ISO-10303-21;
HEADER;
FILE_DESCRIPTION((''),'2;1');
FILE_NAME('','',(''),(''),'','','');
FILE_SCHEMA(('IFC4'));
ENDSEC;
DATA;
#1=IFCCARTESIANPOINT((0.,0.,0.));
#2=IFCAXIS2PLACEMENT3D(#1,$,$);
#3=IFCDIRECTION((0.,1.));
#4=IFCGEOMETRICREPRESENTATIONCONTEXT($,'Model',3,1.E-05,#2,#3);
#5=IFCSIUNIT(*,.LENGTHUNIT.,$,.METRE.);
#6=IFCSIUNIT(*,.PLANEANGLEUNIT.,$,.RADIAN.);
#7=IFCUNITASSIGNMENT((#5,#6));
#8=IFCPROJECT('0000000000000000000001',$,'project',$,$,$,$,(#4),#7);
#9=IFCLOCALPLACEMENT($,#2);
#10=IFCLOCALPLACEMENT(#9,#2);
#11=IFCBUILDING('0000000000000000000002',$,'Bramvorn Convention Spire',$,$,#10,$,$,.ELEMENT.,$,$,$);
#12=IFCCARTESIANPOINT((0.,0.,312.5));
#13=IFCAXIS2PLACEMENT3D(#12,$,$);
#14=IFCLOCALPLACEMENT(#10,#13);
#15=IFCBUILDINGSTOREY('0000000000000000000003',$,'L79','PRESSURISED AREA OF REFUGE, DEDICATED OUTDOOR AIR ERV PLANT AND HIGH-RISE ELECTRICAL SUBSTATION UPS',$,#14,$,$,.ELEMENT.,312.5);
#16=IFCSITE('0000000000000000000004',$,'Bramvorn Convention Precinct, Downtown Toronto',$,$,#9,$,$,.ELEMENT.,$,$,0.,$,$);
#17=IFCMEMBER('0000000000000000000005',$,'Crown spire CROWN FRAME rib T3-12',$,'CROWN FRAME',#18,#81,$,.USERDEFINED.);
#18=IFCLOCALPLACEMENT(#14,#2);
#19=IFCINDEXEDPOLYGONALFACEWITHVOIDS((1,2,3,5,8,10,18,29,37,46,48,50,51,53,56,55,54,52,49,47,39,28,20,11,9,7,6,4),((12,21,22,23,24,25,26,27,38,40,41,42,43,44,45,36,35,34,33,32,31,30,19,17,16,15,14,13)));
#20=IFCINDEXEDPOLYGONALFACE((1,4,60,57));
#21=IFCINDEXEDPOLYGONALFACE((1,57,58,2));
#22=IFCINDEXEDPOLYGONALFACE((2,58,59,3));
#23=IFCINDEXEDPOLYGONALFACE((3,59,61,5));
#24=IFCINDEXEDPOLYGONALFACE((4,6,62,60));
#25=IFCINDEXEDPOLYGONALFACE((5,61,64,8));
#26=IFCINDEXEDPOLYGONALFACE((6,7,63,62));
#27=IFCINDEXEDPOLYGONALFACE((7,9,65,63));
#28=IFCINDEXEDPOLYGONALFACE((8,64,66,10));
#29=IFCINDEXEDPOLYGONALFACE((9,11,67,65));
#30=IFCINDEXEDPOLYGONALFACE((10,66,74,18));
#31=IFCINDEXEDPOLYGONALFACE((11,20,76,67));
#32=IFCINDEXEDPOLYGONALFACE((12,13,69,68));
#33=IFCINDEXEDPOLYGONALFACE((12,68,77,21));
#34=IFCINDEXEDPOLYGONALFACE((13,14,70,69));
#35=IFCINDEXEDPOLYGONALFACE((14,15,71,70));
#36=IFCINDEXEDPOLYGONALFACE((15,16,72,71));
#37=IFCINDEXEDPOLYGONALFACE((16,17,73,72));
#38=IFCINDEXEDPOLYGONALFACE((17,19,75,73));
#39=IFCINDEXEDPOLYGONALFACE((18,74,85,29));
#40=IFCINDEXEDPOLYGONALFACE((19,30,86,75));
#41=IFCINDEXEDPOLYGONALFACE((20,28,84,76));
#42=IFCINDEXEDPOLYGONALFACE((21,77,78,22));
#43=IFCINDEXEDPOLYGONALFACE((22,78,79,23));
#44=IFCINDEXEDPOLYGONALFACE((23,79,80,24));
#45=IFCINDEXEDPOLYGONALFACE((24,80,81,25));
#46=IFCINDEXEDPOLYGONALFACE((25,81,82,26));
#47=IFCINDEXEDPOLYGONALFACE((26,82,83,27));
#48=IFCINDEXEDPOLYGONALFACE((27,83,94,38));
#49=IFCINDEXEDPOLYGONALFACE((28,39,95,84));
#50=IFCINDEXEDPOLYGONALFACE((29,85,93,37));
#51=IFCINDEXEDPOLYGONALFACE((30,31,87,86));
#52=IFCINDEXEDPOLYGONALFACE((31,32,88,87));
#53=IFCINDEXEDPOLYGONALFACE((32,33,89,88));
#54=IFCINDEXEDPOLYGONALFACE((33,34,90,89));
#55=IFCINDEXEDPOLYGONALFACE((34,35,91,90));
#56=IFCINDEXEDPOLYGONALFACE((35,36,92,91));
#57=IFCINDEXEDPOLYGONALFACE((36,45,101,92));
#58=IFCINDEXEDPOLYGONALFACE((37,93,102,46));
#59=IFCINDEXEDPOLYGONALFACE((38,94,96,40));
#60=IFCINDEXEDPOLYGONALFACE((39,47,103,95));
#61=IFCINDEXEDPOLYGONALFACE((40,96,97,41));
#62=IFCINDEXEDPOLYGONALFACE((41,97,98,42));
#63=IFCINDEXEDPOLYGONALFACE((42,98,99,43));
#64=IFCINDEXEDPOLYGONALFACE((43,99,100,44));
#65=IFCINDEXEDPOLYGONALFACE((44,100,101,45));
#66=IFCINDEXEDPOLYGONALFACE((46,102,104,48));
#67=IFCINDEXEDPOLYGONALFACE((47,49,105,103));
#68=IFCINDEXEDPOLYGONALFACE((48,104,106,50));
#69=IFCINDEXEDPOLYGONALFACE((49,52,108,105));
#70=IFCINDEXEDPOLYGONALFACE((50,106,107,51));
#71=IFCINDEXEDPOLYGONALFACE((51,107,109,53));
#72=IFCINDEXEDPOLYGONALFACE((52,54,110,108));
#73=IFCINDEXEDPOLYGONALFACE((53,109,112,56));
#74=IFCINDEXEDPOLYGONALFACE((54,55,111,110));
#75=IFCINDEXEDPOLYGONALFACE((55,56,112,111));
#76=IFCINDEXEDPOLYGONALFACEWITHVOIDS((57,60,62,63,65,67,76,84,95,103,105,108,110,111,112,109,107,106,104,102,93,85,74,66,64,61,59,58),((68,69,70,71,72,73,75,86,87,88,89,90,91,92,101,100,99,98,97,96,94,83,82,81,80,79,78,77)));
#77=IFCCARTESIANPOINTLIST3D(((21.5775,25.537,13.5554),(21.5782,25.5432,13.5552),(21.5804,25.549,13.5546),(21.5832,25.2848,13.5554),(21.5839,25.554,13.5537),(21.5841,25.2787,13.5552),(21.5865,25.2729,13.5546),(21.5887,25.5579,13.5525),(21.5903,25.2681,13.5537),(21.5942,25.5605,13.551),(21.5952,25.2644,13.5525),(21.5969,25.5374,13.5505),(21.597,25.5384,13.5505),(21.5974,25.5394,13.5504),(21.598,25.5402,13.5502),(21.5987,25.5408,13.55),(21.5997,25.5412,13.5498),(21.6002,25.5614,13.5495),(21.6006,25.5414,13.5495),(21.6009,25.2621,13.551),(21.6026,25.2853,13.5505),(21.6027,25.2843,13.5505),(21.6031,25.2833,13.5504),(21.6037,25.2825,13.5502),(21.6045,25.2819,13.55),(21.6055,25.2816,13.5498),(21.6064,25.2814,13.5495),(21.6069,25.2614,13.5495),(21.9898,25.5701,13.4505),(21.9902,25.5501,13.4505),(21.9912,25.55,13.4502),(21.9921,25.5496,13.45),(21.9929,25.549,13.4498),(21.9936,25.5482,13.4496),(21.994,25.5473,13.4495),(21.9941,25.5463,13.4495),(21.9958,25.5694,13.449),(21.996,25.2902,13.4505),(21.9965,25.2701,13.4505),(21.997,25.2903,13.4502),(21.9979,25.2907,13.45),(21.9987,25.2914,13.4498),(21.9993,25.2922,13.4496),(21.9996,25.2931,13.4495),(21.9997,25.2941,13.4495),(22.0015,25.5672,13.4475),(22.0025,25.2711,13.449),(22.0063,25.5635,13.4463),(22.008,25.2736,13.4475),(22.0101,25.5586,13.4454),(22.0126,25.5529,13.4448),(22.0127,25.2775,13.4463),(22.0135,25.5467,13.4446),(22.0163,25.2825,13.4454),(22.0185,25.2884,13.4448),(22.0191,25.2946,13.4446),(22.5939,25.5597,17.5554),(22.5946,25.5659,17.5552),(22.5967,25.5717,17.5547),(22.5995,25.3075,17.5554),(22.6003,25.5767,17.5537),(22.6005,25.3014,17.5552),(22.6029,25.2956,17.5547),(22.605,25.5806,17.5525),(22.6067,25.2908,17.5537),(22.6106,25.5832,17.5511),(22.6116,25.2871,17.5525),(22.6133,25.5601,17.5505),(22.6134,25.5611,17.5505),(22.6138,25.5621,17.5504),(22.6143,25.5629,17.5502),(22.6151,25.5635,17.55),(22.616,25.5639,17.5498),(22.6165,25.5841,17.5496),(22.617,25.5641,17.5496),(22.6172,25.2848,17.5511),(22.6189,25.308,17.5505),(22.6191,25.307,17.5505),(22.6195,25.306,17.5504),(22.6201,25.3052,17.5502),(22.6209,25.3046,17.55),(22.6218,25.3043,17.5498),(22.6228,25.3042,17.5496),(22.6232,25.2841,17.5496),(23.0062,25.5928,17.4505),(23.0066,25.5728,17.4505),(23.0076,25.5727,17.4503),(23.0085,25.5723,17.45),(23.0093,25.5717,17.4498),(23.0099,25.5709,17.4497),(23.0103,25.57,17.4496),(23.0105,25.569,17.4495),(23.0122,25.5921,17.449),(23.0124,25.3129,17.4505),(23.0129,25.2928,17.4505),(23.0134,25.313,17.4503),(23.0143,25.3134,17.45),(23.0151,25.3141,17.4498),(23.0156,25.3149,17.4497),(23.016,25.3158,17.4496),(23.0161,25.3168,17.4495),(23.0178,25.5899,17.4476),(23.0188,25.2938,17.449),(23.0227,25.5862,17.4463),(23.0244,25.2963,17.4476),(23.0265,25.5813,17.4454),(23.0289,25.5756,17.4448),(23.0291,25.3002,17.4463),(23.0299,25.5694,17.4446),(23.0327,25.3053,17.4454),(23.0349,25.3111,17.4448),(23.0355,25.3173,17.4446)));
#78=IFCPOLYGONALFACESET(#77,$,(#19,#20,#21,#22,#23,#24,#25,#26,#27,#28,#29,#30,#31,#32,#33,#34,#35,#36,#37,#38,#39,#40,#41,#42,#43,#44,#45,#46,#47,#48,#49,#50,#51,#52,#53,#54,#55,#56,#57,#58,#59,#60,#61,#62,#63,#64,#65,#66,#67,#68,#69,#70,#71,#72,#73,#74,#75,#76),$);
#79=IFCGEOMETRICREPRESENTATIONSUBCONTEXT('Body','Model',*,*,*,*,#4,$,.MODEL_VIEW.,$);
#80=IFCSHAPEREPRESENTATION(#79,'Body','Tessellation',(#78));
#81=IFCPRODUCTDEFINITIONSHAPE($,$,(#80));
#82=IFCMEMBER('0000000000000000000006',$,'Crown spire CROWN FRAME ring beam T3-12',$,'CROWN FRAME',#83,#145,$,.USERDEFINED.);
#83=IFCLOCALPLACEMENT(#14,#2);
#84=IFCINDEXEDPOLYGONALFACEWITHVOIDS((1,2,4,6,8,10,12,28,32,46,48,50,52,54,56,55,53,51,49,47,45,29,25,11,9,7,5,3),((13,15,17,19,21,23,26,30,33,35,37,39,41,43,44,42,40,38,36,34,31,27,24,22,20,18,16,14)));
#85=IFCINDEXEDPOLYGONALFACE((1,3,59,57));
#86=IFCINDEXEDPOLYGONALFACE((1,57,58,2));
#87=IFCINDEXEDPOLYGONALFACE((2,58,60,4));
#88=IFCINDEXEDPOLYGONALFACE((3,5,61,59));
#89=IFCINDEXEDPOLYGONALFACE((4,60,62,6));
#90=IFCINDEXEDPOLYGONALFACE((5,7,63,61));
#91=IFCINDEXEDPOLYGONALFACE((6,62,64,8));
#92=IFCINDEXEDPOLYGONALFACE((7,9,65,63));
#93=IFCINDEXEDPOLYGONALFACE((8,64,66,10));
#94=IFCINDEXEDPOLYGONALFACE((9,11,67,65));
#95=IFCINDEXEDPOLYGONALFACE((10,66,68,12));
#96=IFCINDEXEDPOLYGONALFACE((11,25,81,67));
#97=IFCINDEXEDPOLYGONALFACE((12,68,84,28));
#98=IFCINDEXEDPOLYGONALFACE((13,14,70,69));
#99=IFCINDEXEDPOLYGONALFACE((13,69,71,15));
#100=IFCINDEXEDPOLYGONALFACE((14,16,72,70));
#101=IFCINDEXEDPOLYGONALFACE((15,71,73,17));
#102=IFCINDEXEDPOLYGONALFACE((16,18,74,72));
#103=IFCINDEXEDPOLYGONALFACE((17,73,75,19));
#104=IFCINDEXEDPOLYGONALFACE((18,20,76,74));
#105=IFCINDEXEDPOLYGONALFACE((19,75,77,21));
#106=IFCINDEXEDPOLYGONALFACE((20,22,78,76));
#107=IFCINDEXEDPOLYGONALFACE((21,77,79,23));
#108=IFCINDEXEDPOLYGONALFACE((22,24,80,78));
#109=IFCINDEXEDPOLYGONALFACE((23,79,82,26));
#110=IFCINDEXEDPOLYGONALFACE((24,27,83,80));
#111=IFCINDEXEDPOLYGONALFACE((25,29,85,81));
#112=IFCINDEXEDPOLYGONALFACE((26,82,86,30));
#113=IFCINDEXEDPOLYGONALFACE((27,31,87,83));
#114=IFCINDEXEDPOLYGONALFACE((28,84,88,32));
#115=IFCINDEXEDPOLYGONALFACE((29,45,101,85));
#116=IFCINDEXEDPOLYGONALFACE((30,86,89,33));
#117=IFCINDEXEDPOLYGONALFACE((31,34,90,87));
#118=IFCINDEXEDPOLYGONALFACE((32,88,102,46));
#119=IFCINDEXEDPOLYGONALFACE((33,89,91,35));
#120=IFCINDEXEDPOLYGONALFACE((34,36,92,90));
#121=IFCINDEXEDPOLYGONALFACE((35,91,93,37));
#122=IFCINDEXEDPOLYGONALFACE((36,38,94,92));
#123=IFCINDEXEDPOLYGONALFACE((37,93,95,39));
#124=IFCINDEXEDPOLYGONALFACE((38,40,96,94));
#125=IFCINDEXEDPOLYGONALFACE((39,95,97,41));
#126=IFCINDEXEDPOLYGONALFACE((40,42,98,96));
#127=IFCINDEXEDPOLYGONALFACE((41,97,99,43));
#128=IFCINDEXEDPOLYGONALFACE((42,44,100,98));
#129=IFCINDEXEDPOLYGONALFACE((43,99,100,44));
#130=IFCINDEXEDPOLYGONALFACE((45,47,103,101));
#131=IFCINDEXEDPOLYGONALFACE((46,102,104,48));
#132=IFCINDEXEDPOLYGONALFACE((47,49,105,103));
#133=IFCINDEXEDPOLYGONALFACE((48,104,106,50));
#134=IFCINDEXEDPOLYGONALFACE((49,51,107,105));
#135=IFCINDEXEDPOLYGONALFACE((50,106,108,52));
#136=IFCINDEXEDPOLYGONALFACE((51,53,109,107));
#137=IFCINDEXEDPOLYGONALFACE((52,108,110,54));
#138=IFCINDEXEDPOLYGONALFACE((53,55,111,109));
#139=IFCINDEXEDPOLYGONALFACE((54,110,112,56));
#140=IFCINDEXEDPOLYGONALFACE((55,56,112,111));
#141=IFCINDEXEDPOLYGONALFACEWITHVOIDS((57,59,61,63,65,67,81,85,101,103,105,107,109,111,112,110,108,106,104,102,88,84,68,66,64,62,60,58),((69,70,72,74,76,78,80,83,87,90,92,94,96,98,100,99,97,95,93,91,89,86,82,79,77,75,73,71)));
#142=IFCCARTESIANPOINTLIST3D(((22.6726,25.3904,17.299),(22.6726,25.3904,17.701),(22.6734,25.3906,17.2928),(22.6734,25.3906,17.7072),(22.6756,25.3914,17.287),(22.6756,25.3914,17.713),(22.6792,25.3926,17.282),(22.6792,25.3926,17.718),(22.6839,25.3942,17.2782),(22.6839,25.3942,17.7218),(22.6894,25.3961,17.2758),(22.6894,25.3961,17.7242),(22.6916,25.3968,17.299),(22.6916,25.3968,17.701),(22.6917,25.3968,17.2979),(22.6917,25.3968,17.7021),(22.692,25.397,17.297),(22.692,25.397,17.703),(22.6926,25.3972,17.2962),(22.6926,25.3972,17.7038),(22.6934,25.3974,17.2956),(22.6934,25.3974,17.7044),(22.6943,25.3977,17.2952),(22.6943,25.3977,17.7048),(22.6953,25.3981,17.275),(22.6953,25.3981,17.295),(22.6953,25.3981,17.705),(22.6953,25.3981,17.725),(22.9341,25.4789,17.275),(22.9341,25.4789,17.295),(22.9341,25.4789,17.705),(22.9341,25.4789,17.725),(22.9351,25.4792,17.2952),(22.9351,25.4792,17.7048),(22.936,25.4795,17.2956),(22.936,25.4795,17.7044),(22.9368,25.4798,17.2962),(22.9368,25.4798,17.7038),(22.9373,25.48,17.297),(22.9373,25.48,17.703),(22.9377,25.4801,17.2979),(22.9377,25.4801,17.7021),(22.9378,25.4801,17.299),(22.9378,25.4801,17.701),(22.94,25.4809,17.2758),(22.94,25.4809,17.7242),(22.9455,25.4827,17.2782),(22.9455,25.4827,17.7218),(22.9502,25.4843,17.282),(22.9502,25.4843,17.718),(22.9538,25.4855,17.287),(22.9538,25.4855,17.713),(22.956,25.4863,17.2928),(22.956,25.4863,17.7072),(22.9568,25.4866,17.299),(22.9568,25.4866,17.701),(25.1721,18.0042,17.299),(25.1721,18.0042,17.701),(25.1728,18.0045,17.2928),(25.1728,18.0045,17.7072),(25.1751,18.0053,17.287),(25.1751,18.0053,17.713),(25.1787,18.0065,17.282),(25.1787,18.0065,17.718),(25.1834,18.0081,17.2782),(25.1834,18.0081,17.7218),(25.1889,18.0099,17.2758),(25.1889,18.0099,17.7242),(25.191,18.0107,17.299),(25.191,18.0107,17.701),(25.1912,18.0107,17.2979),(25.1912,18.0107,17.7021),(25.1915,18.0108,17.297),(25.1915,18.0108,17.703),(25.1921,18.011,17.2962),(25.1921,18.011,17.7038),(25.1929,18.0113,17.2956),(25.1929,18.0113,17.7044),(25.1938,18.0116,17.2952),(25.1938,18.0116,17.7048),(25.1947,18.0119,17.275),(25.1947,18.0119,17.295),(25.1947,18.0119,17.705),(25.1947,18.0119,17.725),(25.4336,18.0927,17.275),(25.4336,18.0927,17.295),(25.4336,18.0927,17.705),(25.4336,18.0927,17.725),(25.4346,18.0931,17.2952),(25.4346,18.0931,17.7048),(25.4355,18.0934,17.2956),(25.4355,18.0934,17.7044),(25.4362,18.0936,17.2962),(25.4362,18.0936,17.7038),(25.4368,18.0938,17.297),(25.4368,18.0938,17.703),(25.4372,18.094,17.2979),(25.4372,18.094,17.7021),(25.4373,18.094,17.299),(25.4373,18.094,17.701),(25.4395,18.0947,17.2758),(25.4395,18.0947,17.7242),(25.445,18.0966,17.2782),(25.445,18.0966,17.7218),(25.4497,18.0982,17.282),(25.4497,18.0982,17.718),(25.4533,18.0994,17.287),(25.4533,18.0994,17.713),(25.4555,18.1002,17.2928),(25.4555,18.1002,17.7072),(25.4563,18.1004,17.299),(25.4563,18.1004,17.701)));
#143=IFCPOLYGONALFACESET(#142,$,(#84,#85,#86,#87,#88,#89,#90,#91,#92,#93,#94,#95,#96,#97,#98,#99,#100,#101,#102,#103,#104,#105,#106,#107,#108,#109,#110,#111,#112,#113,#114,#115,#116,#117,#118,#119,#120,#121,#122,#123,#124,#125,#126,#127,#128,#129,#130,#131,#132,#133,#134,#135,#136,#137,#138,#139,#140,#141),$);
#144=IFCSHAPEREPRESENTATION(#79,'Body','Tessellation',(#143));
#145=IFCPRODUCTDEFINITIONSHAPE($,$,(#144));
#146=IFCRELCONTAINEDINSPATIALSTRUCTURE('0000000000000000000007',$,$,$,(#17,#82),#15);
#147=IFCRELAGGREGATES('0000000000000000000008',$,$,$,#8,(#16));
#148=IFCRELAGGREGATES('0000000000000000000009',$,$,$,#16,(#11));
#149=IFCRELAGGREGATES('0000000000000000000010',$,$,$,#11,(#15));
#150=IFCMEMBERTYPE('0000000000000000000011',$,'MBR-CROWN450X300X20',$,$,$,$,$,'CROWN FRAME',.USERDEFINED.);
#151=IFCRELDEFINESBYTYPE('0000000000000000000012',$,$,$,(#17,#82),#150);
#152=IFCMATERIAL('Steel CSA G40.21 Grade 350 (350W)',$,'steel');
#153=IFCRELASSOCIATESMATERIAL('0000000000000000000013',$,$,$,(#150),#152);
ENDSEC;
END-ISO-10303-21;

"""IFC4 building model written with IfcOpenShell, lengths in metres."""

from ifc_helpers import new_model, si_unit, direction, frame, origin, origin_2d, place, context, subcontext, project, spatial, hollow_rectangle, extrude, material, material_profile, profile_set, type_object, element, save


model = new_model("IFC4")

# Units and contexts
model_context = context("Model", 3, precision=1e-05, world=origin(), true_north=direction((0.0, 1.0)))
body_context = subcontext(model_context, "Body", "Model", "MODEL_VIEW")
ifc_project = project(units=[si_unit("LENGTHUNIT", "METRE"), si_unit("PLANEANGLEUNIT", "RADIAN")], contexts=[model_context])

# Site, building, storey
site_placement = place(None, origin())
site = spatial("IfcSite", under=ifc_project, at=site_placement, Name="Bramvorn Convention Precinct, Downtown Toronto", CompositionType="ELEMENT", RefElevation=0.0)
building_placement = place(site_placement, origin())
building = spatial("IfcBuilding", under=site, at=building_placement, Name="Bramvorn Convention Spire", CompositionType="ELEMENT")
storey_placement = place(building_placement, frame((0.0, 0.0, 312.5)))
storey = spatial("IfcBuildingStorey", under=building, at=storey_placement, Name="L79", Description="PRESSURISED AREA OF REFUGE, DEDICATED OUTDOOR AIR ERV PLANT AND HIGH-RISE ELECTRICAL SUBSTATION UPS", CompositionType="ELEMENT", Elevation=312.5)

# Shared definitions
ifc_material_1 = material(Name="Steel CSA G40.21 Grade 350 (350W)", Category="steel")

# Members
ifc_material_profile_1 = material_profile(ifc_material_1, hollow_rectangle(XDim=0.3, YDim=0.45, WallThickness=0.02, InnerFilletRadius=0.0039, OuterFilletRadius=0.0239, at=origin_2d()))
ifc_profile_set_1 = profile_set([ifc_material_profile_1], Name="Steel CSA G40.21 Grade 350 (350W) - CROWN450X300X20")
member_type_1 = type_object("IfcMemberType", Name="MBR-CROWN450X300X20", ElementType="CROWN FRAME", PredefinedType="USERDEFINED", material=ifc_profile_set_1)
member_1_placement = place(storey_placement, frame((21.7983, 25.4158, 13.5), z_axis=(0.24626, 0.005501, 0.969188), x_axis=(-0.022334, 0.999751, 0.0)))
element("IfcMember", 1, at=member_1_placement, inside=storey, type_object=member_type_1, Name="Crown spire CROWN FRAME rib T3-12", ObjectType="CROWN FRAME", PredefinedType="USERDEFINED", context=body_context, shape_type="SweptSolid", body=[
    extrude(hollow_rectangle(XDim=0.3, YDim=0.45, WallThickness=0.02, InnerFilletRadius=0.0039, OuterFilletRadius=0.0239, at=origin_2d()), origin(), (0.0, 0.0, 1.0), 4.1272),
])
member_2_placement = place(storey_placement, frame((22.8147, 25.4385, 17.5), z_axis=(0.320545, -0.947233, 0.0), x_axis=(0.947233, 0.320545, 0.0)))
element("IfcMember", 2, at=member_2_placement, inside=storey, type_object=member_type_1, Name="Crown spire CROWN FRAME ring beam T3-12", ObjectType="CROWN FRAME", PredefinedType="USERDEFINED", context=body_context, shape_type="SweptSolid", body=[
    extrude(hollow_rectangle(XDim=0.3, YDim=0.45, WallThickness=0.02, InnerFilletRadius=0.0039, OuterFilletRadius=0.0239, at=origin_2d()), origin(), (0.0, 0.0, 1.0), 7.7976),
])

save(model, "model.ifc")
